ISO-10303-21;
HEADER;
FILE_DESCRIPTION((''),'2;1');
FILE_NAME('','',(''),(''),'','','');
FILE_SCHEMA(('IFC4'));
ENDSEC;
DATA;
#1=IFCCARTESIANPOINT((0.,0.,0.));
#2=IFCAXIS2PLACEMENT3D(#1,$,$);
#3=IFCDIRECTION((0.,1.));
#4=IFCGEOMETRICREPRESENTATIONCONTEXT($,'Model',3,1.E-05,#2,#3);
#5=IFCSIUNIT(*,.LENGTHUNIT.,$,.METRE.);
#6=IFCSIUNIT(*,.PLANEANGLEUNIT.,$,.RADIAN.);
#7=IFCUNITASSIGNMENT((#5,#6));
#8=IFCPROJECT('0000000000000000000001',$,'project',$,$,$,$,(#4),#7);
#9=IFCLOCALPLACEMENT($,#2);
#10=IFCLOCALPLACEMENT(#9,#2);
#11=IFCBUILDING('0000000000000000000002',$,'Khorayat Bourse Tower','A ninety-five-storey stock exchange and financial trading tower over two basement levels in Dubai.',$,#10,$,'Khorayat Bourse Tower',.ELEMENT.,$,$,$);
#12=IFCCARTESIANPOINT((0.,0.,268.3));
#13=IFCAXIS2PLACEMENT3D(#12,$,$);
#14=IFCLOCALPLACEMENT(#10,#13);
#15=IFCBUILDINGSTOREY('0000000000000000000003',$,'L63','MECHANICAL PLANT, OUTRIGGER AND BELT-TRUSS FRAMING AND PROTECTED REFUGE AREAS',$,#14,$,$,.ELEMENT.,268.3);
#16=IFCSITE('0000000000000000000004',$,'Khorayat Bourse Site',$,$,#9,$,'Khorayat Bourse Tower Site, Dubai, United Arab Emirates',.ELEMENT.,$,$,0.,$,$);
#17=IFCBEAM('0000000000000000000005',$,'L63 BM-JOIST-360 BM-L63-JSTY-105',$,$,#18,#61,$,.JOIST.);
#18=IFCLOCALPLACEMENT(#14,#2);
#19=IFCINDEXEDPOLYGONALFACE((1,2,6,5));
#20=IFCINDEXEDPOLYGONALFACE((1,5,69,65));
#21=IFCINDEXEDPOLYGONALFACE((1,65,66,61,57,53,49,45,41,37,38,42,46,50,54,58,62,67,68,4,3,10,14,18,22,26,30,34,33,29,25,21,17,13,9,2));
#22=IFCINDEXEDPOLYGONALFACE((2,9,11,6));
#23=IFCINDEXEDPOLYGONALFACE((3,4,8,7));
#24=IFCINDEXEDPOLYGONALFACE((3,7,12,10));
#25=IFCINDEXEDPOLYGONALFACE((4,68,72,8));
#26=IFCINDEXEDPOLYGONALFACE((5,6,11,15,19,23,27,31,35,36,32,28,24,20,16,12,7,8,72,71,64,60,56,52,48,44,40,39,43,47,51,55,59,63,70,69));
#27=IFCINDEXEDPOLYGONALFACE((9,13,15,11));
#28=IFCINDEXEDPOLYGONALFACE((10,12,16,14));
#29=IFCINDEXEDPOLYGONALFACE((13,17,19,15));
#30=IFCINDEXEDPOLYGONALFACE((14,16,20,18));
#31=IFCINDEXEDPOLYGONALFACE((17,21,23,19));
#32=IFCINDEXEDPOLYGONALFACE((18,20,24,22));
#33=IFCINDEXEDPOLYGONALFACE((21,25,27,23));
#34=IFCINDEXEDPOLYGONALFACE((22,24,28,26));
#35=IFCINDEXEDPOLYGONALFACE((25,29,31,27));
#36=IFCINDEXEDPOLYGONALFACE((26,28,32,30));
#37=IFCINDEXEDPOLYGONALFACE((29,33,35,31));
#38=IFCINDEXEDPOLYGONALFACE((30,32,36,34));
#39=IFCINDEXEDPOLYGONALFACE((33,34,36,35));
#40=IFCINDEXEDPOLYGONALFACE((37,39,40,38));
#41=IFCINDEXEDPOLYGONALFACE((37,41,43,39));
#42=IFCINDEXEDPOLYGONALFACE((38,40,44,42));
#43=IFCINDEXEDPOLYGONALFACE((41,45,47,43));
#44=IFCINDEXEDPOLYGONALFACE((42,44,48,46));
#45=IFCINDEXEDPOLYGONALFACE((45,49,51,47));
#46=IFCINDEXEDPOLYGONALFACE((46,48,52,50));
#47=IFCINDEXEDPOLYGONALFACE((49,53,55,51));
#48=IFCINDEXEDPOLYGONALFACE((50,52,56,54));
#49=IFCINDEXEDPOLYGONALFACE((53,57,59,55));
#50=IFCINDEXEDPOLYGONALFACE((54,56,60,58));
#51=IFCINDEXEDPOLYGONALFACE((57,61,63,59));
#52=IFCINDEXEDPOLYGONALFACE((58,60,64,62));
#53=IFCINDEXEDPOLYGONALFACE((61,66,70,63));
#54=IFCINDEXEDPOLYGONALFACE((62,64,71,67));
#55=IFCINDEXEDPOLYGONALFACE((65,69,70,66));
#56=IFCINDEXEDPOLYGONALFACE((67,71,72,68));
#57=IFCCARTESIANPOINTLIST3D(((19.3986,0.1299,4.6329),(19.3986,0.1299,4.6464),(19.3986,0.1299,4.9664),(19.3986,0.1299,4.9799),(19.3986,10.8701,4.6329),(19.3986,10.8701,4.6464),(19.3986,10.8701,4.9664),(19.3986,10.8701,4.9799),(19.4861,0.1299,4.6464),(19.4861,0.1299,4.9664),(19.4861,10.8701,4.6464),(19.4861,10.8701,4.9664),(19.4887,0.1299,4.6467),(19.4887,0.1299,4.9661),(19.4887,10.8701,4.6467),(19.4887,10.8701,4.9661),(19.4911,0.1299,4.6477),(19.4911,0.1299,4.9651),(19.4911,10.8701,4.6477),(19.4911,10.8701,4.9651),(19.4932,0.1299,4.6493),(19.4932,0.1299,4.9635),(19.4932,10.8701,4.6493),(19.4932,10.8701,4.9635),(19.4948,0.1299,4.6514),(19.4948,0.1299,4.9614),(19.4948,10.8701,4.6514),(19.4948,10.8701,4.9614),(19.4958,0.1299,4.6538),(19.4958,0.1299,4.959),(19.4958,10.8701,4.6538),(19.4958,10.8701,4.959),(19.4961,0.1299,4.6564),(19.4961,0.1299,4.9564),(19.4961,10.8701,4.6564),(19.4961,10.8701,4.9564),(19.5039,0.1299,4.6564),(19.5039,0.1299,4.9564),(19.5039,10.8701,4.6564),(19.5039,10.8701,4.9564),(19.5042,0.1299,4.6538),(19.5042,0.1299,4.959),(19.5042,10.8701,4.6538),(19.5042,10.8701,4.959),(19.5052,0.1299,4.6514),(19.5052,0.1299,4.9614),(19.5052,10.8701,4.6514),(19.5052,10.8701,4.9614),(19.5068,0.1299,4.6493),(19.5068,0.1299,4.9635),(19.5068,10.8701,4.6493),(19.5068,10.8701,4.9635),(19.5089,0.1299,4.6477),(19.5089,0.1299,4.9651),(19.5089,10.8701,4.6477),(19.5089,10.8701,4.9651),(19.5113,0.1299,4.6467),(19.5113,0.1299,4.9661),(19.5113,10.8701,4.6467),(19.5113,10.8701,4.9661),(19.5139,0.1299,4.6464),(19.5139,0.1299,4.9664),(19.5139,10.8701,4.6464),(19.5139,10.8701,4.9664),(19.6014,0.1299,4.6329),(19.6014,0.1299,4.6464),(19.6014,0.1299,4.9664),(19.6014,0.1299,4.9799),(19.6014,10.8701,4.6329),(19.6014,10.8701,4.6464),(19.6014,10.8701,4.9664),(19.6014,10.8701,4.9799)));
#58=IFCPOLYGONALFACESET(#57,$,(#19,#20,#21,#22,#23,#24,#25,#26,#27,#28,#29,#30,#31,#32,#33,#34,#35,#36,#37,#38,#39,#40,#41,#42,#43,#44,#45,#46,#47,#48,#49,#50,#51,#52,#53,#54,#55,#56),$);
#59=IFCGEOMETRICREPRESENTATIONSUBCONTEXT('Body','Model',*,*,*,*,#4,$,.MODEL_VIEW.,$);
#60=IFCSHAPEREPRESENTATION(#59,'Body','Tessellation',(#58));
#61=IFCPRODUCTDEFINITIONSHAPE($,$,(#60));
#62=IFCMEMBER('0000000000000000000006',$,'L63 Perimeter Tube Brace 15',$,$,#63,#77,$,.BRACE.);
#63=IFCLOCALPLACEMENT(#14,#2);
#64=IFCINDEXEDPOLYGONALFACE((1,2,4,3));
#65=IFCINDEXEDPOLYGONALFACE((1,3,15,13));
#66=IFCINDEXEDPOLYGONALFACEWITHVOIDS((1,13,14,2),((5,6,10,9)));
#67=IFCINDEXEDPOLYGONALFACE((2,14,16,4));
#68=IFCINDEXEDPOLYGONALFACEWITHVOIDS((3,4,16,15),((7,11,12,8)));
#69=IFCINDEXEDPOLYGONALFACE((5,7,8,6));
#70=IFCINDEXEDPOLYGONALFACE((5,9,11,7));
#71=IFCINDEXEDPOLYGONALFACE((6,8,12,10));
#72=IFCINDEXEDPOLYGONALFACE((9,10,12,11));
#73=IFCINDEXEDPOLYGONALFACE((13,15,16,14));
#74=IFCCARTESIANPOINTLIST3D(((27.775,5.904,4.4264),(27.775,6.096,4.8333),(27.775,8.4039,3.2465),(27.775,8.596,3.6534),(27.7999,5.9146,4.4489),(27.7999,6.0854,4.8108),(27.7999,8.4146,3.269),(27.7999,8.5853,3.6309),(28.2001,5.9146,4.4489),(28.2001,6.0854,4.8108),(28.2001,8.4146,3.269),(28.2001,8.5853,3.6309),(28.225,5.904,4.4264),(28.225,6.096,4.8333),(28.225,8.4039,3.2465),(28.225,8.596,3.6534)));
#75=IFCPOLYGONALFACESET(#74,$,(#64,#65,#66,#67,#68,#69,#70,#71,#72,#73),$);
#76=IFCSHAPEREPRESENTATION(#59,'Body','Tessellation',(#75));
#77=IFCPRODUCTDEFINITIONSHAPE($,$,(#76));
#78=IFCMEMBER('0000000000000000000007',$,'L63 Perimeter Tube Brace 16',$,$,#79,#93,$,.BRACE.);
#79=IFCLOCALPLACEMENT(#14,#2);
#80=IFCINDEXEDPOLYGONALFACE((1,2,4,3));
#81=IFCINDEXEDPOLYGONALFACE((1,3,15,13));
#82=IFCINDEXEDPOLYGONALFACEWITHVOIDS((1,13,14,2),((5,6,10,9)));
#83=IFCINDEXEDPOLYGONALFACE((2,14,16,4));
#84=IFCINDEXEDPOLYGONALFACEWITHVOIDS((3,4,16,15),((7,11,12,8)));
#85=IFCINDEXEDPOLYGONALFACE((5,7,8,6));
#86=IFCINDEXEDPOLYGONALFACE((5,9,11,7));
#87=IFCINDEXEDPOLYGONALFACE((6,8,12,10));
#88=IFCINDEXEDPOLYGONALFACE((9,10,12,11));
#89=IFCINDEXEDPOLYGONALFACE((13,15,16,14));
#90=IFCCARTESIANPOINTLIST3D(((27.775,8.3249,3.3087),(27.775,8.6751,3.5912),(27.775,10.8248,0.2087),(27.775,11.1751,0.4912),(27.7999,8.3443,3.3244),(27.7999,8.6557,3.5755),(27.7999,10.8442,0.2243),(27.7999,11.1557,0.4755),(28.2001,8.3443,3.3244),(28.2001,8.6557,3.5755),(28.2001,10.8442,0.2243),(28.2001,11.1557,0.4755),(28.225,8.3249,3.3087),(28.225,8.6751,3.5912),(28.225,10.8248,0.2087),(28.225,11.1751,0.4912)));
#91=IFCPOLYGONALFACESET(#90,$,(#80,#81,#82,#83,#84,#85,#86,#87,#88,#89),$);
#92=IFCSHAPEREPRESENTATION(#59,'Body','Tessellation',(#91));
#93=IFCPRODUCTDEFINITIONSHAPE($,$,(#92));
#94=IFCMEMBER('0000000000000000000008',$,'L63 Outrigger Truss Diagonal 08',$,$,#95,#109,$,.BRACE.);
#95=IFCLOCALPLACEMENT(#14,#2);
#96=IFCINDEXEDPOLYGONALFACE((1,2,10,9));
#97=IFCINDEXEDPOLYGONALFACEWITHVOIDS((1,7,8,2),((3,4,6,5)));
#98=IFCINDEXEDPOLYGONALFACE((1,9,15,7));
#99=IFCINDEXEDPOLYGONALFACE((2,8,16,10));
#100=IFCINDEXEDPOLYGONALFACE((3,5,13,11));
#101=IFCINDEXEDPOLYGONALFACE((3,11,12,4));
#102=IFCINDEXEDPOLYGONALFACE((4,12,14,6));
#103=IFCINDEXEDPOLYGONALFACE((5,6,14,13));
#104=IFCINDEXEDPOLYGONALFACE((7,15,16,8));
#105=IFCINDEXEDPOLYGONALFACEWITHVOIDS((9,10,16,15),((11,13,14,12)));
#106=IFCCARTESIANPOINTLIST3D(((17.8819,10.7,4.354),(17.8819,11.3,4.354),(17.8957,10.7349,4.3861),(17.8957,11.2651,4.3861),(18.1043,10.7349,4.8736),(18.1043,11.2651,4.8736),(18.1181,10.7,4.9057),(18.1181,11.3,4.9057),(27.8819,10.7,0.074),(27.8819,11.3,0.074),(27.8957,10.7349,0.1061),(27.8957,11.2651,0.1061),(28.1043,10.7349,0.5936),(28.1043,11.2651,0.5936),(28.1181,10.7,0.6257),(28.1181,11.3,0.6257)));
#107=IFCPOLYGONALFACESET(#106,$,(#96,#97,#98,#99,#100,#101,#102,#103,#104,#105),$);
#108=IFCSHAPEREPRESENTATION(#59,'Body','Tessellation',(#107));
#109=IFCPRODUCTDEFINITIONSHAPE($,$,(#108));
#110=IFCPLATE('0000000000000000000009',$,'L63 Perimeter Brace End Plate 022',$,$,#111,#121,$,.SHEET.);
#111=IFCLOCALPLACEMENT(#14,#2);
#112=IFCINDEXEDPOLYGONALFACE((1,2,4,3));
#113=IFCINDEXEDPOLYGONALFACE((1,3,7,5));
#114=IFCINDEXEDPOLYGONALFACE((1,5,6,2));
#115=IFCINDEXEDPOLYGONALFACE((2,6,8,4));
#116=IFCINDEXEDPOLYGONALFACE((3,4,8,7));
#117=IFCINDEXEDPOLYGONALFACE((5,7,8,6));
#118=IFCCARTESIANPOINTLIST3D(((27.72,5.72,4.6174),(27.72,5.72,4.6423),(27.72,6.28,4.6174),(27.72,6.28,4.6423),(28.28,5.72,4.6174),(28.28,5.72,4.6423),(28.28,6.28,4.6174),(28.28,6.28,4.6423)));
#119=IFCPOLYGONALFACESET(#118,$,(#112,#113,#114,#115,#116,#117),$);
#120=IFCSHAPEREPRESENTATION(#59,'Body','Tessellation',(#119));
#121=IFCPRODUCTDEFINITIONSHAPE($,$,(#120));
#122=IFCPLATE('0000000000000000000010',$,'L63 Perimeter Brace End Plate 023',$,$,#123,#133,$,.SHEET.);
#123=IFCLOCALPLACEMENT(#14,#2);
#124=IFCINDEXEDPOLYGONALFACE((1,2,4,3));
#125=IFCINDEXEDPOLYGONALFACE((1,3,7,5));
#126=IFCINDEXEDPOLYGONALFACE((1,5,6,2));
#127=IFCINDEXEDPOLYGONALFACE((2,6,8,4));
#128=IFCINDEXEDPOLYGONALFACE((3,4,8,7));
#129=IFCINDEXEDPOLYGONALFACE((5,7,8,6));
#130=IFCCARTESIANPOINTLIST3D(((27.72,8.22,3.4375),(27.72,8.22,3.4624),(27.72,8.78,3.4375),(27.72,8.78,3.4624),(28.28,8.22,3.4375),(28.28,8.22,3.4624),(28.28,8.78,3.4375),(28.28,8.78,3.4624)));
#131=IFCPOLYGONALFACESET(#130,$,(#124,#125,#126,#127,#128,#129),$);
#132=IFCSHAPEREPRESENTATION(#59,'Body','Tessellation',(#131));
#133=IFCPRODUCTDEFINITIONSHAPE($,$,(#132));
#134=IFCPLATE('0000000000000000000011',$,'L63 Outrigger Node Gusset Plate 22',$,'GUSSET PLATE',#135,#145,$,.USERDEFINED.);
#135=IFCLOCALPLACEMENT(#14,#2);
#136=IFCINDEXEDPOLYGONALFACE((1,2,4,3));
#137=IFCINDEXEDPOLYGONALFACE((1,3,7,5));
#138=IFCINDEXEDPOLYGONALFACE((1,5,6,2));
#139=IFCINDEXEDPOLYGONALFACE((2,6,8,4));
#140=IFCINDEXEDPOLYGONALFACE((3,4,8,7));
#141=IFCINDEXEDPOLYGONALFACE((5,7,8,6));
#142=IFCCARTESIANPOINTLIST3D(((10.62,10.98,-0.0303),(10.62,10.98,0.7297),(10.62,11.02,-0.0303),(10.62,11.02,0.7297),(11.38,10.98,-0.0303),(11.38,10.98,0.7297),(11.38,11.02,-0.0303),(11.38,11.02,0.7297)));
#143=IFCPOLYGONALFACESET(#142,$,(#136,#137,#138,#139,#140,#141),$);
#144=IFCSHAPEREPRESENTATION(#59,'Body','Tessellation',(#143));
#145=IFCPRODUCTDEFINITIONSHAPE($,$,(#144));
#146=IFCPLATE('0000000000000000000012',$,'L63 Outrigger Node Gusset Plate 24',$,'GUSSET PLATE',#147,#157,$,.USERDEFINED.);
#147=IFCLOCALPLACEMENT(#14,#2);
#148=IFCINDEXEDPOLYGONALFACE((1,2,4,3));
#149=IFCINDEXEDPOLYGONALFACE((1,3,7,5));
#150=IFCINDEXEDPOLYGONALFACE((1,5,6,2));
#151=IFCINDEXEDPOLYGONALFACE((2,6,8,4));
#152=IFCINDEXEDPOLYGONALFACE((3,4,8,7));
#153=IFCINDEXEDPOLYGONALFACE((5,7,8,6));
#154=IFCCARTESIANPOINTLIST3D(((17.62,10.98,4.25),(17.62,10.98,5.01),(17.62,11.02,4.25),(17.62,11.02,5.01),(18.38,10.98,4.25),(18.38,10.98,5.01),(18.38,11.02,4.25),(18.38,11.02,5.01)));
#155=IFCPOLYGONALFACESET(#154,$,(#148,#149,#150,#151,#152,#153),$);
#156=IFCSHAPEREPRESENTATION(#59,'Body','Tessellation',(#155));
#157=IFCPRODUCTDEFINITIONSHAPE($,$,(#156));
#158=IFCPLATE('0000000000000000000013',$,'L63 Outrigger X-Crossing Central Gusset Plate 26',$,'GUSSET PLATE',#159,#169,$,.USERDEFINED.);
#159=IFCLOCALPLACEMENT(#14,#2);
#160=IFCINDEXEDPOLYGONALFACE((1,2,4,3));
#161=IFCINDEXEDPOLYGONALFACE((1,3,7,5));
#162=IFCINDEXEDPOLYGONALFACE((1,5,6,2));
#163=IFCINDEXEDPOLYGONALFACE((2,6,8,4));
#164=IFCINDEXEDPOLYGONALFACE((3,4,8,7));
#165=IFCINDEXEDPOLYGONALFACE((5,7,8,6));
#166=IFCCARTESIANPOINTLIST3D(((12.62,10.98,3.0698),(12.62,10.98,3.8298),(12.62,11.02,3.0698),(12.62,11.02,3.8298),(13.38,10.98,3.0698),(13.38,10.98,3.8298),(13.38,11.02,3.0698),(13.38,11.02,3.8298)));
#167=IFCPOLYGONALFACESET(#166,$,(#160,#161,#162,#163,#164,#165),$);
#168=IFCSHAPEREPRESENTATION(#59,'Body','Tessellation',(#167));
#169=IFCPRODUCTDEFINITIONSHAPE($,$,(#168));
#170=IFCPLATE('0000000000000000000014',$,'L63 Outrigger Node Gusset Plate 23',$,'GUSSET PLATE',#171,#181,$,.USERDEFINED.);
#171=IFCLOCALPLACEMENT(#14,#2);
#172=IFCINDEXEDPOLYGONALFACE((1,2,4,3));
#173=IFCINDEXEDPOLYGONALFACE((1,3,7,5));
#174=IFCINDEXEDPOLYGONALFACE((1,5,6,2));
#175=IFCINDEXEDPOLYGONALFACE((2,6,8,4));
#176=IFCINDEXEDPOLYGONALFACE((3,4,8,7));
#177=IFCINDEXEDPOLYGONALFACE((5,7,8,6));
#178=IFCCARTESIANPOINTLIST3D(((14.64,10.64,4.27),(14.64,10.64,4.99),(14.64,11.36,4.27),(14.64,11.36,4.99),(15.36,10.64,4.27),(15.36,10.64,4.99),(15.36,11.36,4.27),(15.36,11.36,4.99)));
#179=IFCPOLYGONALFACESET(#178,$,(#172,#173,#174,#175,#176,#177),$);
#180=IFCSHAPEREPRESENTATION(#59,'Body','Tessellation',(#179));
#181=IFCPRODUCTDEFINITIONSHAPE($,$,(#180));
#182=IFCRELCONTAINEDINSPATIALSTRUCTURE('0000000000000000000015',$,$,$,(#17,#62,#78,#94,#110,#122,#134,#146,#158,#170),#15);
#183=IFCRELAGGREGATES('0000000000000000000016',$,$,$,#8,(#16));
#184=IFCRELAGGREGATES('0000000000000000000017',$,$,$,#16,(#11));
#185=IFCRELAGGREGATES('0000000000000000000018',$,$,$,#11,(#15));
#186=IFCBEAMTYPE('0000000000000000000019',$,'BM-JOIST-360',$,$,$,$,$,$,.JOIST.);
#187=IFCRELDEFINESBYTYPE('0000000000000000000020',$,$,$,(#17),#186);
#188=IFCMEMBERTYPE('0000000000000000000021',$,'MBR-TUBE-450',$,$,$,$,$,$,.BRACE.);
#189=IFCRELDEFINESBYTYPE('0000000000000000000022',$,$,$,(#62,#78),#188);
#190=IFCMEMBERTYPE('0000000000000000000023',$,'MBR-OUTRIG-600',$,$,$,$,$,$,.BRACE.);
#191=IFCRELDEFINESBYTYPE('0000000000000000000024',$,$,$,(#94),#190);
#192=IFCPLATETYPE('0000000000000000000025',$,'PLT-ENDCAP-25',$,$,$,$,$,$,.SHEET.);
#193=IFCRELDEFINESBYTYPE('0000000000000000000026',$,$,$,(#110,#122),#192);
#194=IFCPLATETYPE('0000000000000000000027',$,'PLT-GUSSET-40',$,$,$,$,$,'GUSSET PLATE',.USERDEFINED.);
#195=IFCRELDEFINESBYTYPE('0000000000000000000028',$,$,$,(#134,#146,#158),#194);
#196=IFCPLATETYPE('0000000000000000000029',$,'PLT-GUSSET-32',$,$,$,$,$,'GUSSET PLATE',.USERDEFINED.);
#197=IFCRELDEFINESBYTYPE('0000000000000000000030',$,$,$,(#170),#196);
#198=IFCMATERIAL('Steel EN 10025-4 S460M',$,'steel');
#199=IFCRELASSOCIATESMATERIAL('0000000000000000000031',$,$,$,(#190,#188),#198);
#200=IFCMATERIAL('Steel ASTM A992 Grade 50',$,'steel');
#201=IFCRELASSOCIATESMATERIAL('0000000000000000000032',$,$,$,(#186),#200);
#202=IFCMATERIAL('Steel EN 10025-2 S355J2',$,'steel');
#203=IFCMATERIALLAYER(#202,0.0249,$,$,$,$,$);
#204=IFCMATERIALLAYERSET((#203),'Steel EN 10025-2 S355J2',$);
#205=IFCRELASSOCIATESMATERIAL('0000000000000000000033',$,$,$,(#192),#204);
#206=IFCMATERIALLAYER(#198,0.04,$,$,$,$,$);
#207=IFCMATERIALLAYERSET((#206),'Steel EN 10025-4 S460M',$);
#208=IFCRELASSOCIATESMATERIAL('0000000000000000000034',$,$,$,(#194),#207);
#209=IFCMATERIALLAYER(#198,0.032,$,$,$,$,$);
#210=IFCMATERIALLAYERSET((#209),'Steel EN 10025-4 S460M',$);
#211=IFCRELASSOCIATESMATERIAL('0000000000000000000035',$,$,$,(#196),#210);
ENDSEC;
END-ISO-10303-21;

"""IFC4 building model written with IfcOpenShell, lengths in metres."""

from ifc_helpers import new_model, si_unit, direction, frame, origin, origin_2d, place, context, subcontext, project, spatial, rectangle, hollow_rectangle, i_section, extrude, source, transform, mapped, material, layer, layer_set, material_profile, profile_set, type_object, element, save


model = new_model("IFC4")

# Units and contexts
model_context = context("Model", 3, precision=1e-05, world=origin(), true_north=direction((0.0, 1.0)))
body_context = subcontext(model_context, "Body", "Model", "MODEL_VIEW")
ifc_project = project(units=[si_unit("LENGTHUNIT", "METRE"), si_unit("PLANEANGLEUNIT", "RADIAN")], contexts=[model_context])

# Site, building, storey
site_placement = place(None, origin())
site = spatial("IfcSite", under=ifc_project, at=site_placement, Name="Khorayat Bourse Site", LongName="Khorayat Bourse Tower Site, Dubai, United Arab Emirates", CompositionType="ELEMENT", RefElevation=0.0)
building_placement = place(site_placement, origin())
building = spatial("IfcBuilding", under=site, at=building_placement, Name="Khorayat Bourse Tower", Description="A ninety-five-storey stock exchange and financial trading tower over two basement levels in Dubai.", LongName="Khorayat Bourse Tower", CompositionType="ELEMENT")
storey_placement = place(building_placement, frame((0.0, 0.0, 268.3)))
storey = spatial("IfcBuildingStorey", under=building, at=storey_placement, Name="L63", Description="MECHANICAL PLANT, OUTRIGGER AND BELT-TRUSS FRAMING AND PROTECTED REFUGE AREAS", CompositionType="ELEMENT", Elevation=268.3)

# Shared definitions
ifc_material_1 = material(Name="Steel EN 10025-4 S460M", Category="steel")

# Shared definitions
ifc_material_2 = material(Name="Steel ASTM A992 Grade 50", Category="steel")

# Shared definitions
ifc_material_profile_1 = material_profile(ifc_material_1, hollow_rectangle(XDim=0.6001, YDim=0.6001, WallThickness=0.0349, at=origin_2d()), Name="BOX 600x600x35")
ifc_profile_set_1 = profile_set([ifc_material_profile_1], Name="Steel EN 10025-4 S460M")
member_type_1 = type_object("IfcMemberType", Name="MBR-OUTRIG-600", PredefinedType="BRACE", material=ifc_profile_set_1)

# Beam
ifc_material_profile_2 = material_profile(ifc_material_2, i_section(OverallWidth=0.2029, OverallDepth=0.3469, WebThickness=0.0078, FlangeThickness=0.0134, FilletRadius=0.01, at=origin_2d()), Name="W360X64")
ifc_profile_set_2 = profile_set([ifc_material_profile_2], Name="Steel ASTM A992 Grade 50")
beam_type_1 = type_object("IfcBeamType", Name="BM-JOIST-360", PredefinedType="JOIST", material=ifc_profile_set_2)
shared_shape_1 = source(origin(), body_context, "Body", "SweptSolid", [
    extrude(i_section(OverallWidth=0.2029, OverallDepth=0.3469, WebThickness=0.0078, FlangeThickness=0.0134, FilletRadius=0.01, at=origin_2d()), origin(), (0.0, 0.0, 1.0), 10.7402),
])
beam_1_placement = place(storey_placement, frame((19.5, 0.1299, 4.8064), z_axis=(0.0, 1.0, 0.0), x_axis=(-1.0, 0.0, 0.0)))
element("IfcBeam", 1, at=beam_1_placement, inside=storey, type_object=beam_type_1, Name="L63 BM-JOIST-360 BM-L63-JSTY-105", PredefinedType="JOIST", context=body_context, shape_type="MappedRepresentation", body=[
    mapped(shared_shape_1, transform((0.0, 0.0, 0.0), scale=1.0)),
])

# Members
ifc_material_profile_3 = material_profile(ifc_material_1, hollow_rectangle(XDim=0.45, YDim=0.45, WallThickness=0.0249, at=origin_2d()), Name="HSS 450x450x25")
ifc_profile_set_3 = profile_set([ifc_material_profile_3], Name="Steel EN 10025-4 S460M")
member_type_2 = type_object("IfcMemberType", Name="MBR-TUBE-450", PredefinedType="BRACE", material=ifc_profile_set_3)
shared_shape_2 = source(origin(), body_context, "Body", "SweptSolid", [
    extrude(hollow_rectangle(XDim=0.45, YDim=0.45, WallThickness=0.0249, at=origin_2d()), origin(), (0.0, 0.0, 1.0), 2.7644),
])
member_1_placement = place(storey_placement, frame((28.0, 6.0, 4.6299), z_axis=(0.0, 0.904336, -0.426822), x_axis=(-1.0, 0.0, 0.0)))
element("IfcMember", 2, at=member_1_placement, inside=storey, type_object=member_type_2, Name="L63 Perimeter Tube Brace 15", PredefinedType="BRACE", context=body_context, shape_type="MappedRepresentation", body=[
    mapped(shared_shape_2, transform((0.0, 0.0, 0.0), scale=1.0)),
])
shared_shape_3 = source(origin(), body_context, "Body", "SweptSolid", [
    extrude(hollow_rectangle(XDim=0.45, YDim=0.45, WallThickness=0.0249, at=origin_2d()), origin(), (0.0, 0.0, 1.0), 3.9824),
])
member_2_placement = place(storey_placement, frame((28.0, 8.5, 3.45), z_axis=(0.0, 0.62774, -0.778423), x_axis=(-1.0, 0.0, 0.0)))
element("IfcMember", 3, at=member_2_placement, inside=storey, type_object=member_type_2, Name="L63 Perimeter Tube Brace 16", PredefinedType="BRACE", context=body_context, shape_type="MappedRepresentation", body=[
    mapped(shared_shape_3, transform((0.0, 0.0, 0.0), scale=1.0)),
])
shared_shape_4 = source(origin(), body_context, "Body", "SweptSolid", [
    extrude(hollow_rectangle(XDim=0.6001, YDim=0.6001, WallThickness=0.0349, at=origin_2d()), origin(), (0.0, 0.0, 1.0), 10.8774),
])
member_3_placement = place(storey_placement, frame((18.0, 11.0, 4.6299), z_axis=(0.919334, 0.0, -0.393478), x_axis=(0.0, 1.0, 0.0)))
element("IfcMember", 4, at=member_3_placement, inside=storey, type_object=member_type_1, Name="L63 Outrigger Truss Diagonal 08", PredefinedType="BRACE", context=body_context, shape_type="MappedRepresentation", body=[
    mapped(shared_shape_4, transform((0.0, 0.0, 0.0), scale=1.0)),
])

# Plates
ifc_material_3 = material(Name="Steel EN 10025-2 S355J2", Category="steel")
ifc_layer_1 = layer(ifc_material_3, 0.0249)
ifc_layer_set_1 = layer_set([ifc_layer_1], Name="Steel EN 10025-2 S355J2")
plate_type_1 = type_object("IfcPlateType", Name="PLT-ENDCAP-25", PredefinedType="SHEET", material=ifc_layer_set_1)
shared_shape_5 = source(origin(), body_context, "Body", "SweptSolid", [
    extrude(rectangle(XDim=0.5601, YDim=0.5601, at=origin_2d()), origin(), (0.0, 0.0, 1.0), 0.0249),
])
for number, where, z_axis, x_axis, name in (
    (5, (28.0, 6.0, 4.6174), (0.0, 0.0, 1.0), (1.0, 0.0, 0.0), "L63 Perimeter Brace End Plate 022"),
    (6, (28.0, 8.5, 3.4375), (0.0, 0.0, 1.0), (1.0, 0.0, 0.0), "L63 Perimeter Brace End Plate 023"),
):
    element("IfcPlate", number, at=place(storey_placement, frame(where, z_axis=z_axis, x_axis=x_axis)), inside=storey, type_object=plate_type_1, Name=name, PredefinedType="SHEET", context=body_context, shape_type="MappedRepresentation", body=[
        mapped(shared_shape_5, transform((0.0, 0.0, 0.0), scale=1.0)),
    ])
ifc_layer_2 = layer(ifc_material_1, 0.04)
ifc_layer_set_2 = layer_set([ifc_layer_2], Name="Steel EN 10025-4 S460M")
plate_type_2 = type_object("IfcPlateType", Name="PLT-GUSSET-40", ElementType="GUSSET PLATE", PredefinedType="USERDEFINED", material=ifc_layer_set_2)
shared_shape_6 = source(origin(), body_context, "Body", "SweptSolid", [
    extrude(rectangle(XDim=0.76, YDim=0.04, at=origin_2d()), origin(), (0.0, 0.0, 1.0), 0.76),
])
for number, where, z_axis, x_axis, name in (
    (7, (11.0, 11.0, -0.0303), (0.0, 0.0, 1.0), (1.0, 0.0, 0.0), "L63 Outrigger Node Gusset Plate 22"),
    (8, (18.0, 11.0, 4.25), (0.0, 0.0, 1.0), (1.0, 0.0, 0.0), "L63 Outrigger Node Gusset Plate 24"),
    (9, (13.0, 11.0, 3.0698), (0.0, 0.0, 1.0), (1.0, 0.0, 0.0), "L63 Outrigger X-Crossing Central Gusset Plate 26"),
):
    element("IfcPlate", number, at=place(storey_placement, frame(where, z_axis=z_axis, x_axis=x_axis)), inside=storey, type_object=plate_type_2, Name=name, ObjectType="GUSSET PLATE", PredefinedType="USERDEFINED", context=body_context, shape_type="MappedRepresentation", body=[
        mapped(shared_shape_6, transform((0.0, 0.0, 0.0), scale=1.0)),
    ])
ifc_layer_3 = layer(ifc_material_1, 0.032)
ifc_layer_set_3 = layer_set([ifc_layer_3], Name="Steel EN 10025-4 S460M")
plate_type_3 = type_object("IfcPlateType", Name="PLT-GUSSET-32", ElementType="GUSSET PLATE", PredefinedType="USERDEFINED", material=ifc_layer_set_3)
shared_shape_7 = source(origin(), body_context, "Body", "SweptSolid", [
    extrude(rectangle(XDim=0.72, YDim=0.72, at=origin_2d()), origin(), (0.0, 0.0, 1.0), 0.72),
])
for number, where, z_axis, x_axis, name in (
    (10, (15.0, 11.0, 4.27), (0.0, 0.0, 1.0), (1.0, 0.0, 0.0), "L63 Outrigger Node Gusset Plate 23"),
):
    element("IfcPlate", number, at=place(storey_placement, frame(where, z_axis=z_axis, x_axis=x_axis)), inside=storey, type_object=plate_type_3, Name=name, ObjectType="GUSSET PLATE", PredefinedType="USERDEFINED", context=body_context, shape_type="MappedRepresentation", body=[
        mapped(shared_shape_7, transform((0.0, 0.0, 0.0), scale=1.0)),
    ])

save(model, "model.ifc")
